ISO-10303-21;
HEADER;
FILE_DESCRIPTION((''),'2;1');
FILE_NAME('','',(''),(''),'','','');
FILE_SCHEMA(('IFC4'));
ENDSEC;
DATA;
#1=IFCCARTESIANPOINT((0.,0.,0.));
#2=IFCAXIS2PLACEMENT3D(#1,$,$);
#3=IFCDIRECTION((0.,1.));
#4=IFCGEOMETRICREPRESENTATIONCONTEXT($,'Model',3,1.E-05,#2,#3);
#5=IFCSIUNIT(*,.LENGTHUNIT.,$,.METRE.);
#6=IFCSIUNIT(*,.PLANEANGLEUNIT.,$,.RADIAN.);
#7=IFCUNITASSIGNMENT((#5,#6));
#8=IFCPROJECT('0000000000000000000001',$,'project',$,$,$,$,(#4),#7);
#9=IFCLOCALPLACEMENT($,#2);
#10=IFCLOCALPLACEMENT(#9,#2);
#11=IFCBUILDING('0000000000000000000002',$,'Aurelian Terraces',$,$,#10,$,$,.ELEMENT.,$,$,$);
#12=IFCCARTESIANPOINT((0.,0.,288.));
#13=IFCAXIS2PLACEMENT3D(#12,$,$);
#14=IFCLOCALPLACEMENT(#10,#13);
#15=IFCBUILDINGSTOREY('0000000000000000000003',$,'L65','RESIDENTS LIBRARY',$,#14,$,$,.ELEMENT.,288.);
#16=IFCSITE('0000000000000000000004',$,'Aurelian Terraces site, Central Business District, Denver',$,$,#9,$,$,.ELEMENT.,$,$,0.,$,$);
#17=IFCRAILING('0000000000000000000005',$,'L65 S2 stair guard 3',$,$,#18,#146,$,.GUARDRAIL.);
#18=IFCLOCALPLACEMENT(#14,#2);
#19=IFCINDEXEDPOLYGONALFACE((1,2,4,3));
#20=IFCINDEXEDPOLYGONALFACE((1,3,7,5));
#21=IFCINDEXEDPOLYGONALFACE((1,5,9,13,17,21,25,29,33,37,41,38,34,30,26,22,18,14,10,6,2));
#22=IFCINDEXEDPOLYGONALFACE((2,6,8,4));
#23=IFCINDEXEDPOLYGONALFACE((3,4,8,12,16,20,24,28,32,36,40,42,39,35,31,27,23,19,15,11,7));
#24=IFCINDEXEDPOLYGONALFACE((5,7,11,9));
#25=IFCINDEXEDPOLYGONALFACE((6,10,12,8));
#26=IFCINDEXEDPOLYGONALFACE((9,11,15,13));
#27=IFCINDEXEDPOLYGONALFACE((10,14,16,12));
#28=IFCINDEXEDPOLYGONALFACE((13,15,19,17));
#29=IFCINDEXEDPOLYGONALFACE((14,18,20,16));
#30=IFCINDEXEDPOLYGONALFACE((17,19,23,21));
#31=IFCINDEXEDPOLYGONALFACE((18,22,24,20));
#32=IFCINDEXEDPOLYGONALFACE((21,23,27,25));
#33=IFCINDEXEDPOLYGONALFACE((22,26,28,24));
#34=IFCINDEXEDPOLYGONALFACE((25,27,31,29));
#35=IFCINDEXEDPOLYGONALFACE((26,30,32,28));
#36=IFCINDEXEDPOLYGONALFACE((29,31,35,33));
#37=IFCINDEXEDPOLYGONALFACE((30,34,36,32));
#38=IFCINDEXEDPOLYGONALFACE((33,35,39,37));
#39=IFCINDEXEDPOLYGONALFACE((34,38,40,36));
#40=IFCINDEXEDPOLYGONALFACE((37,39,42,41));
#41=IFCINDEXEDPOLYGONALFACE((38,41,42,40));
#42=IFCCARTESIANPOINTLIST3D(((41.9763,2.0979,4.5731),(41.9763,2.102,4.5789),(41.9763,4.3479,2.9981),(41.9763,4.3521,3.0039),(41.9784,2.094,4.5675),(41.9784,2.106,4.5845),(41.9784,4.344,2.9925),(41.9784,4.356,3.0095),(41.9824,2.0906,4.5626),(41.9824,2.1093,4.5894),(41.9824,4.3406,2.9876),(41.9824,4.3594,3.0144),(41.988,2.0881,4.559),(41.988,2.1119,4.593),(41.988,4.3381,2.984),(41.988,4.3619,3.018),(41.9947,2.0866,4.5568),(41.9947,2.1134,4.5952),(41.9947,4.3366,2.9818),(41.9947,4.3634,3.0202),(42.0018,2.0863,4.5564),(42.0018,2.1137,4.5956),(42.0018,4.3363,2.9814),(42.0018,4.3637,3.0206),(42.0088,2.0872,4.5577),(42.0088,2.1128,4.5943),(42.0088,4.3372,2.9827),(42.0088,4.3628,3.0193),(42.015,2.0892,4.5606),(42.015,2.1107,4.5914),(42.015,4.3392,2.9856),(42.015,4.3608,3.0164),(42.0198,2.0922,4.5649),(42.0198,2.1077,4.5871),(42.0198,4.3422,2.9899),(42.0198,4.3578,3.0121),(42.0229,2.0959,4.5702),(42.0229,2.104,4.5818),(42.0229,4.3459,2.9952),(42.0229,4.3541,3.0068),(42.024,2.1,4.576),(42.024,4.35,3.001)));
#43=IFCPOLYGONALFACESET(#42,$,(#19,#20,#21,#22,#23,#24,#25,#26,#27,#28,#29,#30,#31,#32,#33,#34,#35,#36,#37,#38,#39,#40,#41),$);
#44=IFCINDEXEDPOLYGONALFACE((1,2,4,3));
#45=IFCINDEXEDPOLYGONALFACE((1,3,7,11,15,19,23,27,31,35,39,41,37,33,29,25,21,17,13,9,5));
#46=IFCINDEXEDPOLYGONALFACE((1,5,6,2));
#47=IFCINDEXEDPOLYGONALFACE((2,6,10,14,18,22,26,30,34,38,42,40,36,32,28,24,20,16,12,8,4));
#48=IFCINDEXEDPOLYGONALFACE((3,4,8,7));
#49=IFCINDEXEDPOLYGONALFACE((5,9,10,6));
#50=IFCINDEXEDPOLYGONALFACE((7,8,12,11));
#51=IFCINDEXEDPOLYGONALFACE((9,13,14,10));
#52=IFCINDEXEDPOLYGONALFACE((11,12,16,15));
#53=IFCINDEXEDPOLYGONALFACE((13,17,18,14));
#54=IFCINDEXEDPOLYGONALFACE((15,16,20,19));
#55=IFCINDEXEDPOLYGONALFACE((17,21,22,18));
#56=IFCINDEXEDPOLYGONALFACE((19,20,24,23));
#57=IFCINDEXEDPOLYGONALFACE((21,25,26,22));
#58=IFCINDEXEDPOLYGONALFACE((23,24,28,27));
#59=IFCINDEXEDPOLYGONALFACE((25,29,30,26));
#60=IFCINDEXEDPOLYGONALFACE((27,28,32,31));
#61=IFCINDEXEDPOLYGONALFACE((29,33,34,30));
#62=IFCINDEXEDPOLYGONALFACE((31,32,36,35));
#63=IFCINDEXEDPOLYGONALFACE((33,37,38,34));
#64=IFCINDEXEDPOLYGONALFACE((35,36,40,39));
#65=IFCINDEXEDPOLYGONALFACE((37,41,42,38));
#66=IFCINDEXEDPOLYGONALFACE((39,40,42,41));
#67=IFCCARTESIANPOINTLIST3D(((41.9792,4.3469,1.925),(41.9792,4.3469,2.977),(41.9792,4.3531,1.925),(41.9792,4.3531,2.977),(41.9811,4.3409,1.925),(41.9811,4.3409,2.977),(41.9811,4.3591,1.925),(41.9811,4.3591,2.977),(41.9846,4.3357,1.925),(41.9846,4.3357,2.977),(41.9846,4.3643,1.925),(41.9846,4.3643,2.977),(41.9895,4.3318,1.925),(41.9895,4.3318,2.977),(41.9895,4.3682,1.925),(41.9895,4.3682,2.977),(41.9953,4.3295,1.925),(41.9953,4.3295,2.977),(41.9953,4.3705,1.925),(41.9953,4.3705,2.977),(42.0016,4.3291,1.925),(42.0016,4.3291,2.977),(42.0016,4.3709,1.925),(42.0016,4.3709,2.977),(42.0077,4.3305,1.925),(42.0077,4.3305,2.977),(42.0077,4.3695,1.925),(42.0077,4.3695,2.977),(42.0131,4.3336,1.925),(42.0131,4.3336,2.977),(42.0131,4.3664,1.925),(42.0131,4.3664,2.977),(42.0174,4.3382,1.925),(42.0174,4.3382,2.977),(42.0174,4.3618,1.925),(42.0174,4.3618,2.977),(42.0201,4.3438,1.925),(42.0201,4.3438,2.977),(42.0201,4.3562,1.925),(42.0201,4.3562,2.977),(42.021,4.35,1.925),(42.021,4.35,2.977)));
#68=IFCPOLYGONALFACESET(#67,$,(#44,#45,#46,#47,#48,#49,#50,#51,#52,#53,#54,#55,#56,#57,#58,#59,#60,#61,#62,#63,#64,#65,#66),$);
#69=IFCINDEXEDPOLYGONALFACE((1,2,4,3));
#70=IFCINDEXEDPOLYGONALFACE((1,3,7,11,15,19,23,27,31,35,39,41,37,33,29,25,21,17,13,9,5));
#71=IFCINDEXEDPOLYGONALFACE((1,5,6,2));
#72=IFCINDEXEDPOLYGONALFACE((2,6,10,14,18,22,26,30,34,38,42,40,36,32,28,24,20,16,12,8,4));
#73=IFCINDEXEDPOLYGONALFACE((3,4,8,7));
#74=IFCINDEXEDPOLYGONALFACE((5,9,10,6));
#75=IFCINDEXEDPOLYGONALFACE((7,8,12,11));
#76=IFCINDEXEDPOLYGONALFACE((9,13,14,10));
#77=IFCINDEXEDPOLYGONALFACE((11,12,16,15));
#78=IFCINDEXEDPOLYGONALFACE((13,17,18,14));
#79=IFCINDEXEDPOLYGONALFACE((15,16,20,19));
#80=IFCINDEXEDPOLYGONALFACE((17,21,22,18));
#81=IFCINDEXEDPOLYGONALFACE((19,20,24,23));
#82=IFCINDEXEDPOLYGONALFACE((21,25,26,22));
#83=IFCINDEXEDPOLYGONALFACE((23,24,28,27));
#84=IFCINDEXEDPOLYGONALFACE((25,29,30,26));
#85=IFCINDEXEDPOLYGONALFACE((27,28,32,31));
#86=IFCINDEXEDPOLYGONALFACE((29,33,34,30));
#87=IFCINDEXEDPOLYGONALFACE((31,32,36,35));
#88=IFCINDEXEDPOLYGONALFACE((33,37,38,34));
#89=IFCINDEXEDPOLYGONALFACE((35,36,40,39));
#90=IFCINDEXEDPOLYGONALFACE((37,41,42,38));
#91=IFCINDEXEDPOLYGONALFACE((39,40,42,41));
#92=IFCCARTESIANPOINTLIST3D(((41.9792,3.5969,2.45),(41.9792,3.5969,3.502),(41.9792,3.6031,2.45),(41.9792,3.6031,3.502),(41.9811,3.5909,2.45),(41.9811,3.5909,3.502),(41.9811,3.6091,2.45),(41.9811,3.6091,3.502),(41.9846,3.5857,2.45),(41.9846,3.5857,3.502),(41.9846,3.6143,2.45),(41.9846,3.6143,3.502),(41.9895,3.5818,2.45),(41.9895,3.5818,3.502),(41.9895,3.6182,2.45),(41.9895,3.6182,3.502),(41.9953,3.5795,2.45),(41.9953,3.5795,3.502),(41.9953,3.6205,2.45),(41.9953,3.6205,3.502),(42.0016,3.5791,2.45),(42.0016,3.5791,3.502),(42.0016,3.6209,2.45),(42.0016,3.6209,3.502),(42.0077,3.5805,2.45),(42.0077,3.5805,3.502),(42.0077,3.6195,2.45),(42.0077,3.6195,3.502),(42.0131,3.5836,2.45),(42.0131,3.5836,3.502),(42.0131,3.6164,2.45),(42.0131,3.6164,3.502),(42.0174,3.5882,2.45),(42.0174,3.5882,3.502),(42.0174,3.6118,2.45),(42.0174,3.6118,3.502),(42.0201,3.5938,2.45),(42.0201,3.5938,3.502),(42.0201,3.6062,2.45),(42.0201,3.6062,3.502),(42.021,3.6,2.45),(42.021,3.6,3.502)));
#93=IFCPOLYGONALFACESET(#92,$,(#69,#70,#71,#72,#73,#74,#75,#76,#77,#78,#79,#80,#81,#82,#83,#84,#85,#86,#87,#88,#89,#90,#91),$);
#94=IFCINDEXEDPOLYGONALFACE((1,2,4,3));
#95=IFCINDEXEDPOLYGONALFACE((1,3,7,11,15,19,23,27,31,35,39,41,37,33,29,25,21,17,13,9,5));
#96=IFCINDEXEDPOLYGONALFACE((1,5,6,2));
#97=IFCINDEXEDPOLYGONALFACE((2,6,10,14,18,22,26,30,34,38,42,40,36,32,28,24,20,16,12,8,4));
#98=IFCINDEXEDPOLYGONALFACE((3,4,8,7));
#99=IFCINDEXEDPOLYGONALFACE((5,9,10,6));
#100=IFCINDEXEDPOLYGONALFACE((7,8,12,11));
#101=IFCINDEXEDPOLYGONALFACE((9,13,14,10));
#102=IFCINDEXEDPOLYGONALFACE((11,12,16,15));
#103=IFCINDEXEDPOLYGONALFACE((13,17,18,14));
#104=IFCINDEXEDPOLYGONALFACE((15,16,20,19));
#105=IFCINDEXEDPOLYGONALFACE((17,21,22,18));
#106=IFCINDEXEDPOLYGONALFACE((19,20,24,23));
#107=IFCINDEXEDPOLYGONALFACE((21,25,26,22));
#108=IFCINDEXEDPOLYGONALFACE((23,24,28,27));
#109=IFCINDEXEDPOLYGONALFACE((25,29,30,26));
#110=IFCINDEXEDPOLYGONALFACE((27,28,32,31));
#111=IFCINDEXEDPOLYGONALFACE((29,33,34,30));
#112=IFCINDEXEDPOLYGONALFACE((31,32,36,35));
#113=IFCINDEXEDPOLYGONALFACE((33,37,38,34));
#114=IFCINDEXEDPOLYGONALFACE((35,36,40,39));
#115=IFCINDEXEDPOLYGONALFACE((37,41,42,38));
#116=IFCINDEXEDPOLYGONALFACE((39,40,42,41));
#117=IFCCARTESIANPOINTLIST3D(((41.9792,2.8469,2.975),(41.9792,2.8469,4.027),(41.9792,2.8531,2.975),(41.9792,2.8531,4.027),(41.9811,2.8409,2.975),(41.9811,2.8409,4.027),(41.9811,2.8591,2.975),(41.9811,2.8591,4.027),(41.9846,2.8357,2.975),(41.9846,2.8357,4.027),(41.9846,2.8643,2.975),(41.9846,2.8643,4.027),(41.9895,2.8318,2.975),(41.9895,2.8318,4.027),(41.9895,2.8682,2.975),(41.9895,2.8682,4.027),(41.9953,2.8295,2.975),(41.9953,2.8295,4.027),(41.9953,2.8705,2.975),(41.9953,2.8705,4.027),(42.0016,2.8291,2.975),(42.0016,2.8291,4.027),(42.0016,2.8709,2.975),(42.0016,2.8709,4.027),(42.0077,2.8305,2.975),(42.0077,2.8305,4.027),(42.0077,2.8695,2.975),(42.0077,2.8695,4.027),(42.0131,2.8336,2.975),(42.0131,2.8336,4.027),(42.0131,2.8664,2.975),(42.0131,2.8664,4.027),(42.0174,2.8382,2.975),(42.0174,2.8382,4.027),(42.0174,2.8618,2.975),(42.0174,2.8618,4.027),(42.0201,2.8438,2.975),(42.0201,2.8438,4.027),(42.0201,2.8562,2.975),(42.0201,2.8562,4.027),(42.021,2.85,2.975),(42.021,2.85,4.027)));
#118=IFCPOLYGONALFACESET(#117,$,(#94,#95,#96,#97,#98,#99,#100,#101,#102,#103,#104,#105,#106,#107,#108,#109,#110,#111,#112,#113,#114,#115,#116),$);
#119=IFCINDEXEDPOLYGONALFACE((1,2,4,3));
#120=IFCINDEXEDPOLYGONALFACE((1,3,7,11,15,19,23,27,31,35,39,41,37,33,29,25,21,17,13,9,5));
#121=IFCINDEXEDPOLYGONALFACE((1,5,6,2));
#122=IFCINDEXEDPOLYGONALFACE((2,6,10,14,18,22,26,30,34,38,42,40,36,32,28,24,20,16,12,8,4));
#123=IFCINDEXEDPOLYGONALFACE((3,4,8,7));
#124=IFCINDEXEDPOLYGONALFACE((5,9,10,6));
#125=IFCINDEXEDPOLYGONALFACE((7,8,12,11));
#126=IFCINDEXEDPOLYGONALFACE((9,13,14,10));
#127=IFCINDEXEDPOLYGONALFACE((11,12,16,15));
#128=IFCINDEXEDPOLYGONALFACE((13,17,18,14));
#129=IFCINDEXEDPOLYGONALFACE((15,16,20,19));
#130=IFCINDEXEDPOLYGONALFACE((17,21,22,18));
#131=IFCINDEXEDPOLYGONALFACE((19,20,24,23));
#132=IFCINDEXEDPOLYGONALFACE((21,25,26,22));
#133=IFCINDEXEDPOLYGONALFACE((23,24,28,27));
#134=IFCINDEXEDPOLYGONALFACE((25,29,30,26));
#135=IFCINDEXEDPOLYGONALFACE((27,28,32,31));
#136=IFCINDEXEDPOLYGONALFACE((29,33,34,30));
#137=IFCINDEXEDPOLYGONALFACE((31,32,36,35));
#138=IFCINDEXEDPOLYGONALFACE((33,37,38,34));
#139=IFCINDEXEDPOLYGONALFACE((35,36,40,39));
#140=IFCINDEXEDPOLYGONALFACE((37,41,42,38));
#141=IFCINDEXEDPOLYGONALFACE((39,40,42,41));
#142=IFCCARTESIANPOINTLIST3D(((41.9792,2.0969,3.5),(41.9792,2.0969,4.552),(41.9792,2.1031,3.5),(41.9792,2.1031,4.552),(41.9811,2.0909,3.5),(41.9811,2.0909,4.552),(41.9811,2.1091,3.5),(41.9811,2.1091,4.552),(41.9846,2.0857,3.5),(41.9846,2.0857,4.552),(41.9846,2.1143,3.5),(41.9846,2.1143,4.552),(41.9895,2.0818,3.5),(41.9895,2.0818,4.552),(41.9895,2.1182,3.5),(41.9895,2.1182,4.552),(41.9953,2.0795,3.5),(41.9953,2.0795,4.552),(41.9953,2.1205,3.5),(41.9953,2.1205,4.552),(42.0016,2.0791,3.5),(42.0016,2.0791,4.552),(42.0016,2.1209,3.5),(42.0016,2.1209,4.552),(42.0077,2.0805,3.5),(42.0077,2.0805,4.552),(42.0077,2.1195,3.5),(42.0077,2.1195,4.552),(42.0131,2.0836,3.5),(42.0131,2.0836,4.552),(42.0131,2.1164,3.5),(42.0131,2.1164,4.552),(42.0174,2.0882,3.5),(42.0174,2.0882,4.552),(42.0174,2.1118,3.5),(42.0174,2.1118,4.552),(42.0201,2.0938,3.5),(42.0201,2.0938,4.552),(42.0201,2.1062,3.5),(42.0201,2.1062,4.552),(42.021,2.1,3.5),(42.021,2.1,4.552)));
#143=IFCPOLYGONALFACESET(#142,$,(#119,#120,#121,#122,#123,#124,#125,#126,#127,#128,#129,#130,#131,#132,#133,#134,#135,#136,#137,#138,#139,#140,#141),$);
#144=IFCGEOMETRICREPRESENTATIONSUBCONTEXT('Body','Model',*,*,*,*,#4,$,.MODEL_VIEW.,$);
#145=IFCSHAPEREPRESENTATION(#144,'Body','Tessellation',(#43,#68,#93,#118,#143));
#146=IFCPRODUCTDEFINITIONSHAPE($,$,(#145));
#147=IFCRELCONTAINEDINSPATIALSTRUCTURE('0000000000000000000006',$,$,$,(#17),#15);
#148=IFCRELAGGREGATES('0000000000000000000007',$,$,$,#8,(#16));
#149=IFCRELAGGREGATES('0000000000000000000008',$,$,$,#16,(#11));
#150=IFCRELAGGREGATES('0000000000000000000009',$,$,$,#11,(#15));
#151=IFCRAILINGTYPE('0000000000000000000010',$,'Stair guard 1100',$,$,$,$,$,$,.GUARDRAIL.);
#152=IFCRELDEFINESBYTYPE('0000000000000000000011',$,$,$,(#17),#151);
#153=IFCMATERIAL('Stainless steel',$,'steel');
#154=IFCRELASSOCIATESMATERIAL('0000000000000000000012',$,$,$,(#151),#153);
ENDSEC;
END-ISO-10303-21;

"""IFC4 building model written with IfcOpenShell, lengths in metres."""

from ifc_helpers import new_model, si_unit, direction, frame, origin, origin_2d, place, context, subcontext, project, spatial, circle, extrude, source, transform, mapped, material, type_object, element, save


model = new_model("IFC4")

# Units and contexts
model_context = context("Model", 3, precision=1e-05, world=origin(), true_north=direction((0.0, 1.0)))
body_context = subcontext(model_context, "Body", "Model", "MODEL_VIEW")
ifc_project = project(units=[si_unit("LENGTHUNIT", "METRE"), si_unit("PLANEANGLEUNIT", "RADIAN")], contexts=[model_context])

# Site, building, storey
site_placement = place(None, origin())
site = spatial("IfcSite", under=ifc_project, at=site_placement, Name="Aurelian Terraces site, Central Business District, Denver", CompositionType="ELEMENT", RefElevation=0.0)
building_placement = place(site_placement, origin())
building = spatial("IfcBuilding", under=site, at=building_placement, Name="Aurelian Terraces", CompositionType="ELEMENT")
storey_placement = place(building_placement, frame((0.0, 0.0, 288.0)))
storey = spatial("IfcBuildingStorey", under=building, at=storey_placement, Name="L65", Description="RESIDENTS LIBRARY", CompositionType="ELEMENT", Elevation=288.0)

# Railing
ifc_material_1 = material(Name="Stainless steel", Category="steel")
railing_type_1 = type_object("IfcRailingType", Name="Stair guard 1100", PredefinedType="GUARDRAIL", material=ifc_material_1)
shared_shape_1 = source(origin(), body_context, "Body", "SweptSolid", [
    extrude(circle(Radius=0.024, at=origin_2d()), frame((0.0, 0.0, 1.076), z_axis=(0.0, -0.819232, 0.573462), x_axis=(1.0, 0.0, 0.0)), (0.0, 0.0, 1.0), 2.7465),
    extrude(circle(Radius=0.021, at=origin_2d()), origin(), (0.0, 0.0, 1.0), 1.052),
    extrude(circle(Radius=0.021, at=origin_2d()), frame((0.0, -0.75, 0.525)), (0.0, 0.0, 1.0), 1.052),
    extrude(circle(Radius=0.021, at=origin_2d()), frame((0.0, -1.5, 1.05)), (0.0, 0.0, 1.0), 1.052),
    extrude(circle(Radius=0.021, at=origin_2d()), frame((0.0, -2.25, 1.575)), (0.0, 0.0, 1.0), 1.052),
])
railing_1_placement = place(storey_placement, frame((42.0, 4.35, 1.925)))
element("IfcRailing", 1, at=railing_1_placement, inside=storey, type_object=railing_type_1, Name="L65 S2 stair guard 3", PredefinedType="GUARDRAIL", context=body_context, shape_type="MappedRepresentation", body=[
    mapped(shared_shape_1, transform((0.0, 0.0, 0.0), scale=1.0)),
])

save(model, "model.ifc")
